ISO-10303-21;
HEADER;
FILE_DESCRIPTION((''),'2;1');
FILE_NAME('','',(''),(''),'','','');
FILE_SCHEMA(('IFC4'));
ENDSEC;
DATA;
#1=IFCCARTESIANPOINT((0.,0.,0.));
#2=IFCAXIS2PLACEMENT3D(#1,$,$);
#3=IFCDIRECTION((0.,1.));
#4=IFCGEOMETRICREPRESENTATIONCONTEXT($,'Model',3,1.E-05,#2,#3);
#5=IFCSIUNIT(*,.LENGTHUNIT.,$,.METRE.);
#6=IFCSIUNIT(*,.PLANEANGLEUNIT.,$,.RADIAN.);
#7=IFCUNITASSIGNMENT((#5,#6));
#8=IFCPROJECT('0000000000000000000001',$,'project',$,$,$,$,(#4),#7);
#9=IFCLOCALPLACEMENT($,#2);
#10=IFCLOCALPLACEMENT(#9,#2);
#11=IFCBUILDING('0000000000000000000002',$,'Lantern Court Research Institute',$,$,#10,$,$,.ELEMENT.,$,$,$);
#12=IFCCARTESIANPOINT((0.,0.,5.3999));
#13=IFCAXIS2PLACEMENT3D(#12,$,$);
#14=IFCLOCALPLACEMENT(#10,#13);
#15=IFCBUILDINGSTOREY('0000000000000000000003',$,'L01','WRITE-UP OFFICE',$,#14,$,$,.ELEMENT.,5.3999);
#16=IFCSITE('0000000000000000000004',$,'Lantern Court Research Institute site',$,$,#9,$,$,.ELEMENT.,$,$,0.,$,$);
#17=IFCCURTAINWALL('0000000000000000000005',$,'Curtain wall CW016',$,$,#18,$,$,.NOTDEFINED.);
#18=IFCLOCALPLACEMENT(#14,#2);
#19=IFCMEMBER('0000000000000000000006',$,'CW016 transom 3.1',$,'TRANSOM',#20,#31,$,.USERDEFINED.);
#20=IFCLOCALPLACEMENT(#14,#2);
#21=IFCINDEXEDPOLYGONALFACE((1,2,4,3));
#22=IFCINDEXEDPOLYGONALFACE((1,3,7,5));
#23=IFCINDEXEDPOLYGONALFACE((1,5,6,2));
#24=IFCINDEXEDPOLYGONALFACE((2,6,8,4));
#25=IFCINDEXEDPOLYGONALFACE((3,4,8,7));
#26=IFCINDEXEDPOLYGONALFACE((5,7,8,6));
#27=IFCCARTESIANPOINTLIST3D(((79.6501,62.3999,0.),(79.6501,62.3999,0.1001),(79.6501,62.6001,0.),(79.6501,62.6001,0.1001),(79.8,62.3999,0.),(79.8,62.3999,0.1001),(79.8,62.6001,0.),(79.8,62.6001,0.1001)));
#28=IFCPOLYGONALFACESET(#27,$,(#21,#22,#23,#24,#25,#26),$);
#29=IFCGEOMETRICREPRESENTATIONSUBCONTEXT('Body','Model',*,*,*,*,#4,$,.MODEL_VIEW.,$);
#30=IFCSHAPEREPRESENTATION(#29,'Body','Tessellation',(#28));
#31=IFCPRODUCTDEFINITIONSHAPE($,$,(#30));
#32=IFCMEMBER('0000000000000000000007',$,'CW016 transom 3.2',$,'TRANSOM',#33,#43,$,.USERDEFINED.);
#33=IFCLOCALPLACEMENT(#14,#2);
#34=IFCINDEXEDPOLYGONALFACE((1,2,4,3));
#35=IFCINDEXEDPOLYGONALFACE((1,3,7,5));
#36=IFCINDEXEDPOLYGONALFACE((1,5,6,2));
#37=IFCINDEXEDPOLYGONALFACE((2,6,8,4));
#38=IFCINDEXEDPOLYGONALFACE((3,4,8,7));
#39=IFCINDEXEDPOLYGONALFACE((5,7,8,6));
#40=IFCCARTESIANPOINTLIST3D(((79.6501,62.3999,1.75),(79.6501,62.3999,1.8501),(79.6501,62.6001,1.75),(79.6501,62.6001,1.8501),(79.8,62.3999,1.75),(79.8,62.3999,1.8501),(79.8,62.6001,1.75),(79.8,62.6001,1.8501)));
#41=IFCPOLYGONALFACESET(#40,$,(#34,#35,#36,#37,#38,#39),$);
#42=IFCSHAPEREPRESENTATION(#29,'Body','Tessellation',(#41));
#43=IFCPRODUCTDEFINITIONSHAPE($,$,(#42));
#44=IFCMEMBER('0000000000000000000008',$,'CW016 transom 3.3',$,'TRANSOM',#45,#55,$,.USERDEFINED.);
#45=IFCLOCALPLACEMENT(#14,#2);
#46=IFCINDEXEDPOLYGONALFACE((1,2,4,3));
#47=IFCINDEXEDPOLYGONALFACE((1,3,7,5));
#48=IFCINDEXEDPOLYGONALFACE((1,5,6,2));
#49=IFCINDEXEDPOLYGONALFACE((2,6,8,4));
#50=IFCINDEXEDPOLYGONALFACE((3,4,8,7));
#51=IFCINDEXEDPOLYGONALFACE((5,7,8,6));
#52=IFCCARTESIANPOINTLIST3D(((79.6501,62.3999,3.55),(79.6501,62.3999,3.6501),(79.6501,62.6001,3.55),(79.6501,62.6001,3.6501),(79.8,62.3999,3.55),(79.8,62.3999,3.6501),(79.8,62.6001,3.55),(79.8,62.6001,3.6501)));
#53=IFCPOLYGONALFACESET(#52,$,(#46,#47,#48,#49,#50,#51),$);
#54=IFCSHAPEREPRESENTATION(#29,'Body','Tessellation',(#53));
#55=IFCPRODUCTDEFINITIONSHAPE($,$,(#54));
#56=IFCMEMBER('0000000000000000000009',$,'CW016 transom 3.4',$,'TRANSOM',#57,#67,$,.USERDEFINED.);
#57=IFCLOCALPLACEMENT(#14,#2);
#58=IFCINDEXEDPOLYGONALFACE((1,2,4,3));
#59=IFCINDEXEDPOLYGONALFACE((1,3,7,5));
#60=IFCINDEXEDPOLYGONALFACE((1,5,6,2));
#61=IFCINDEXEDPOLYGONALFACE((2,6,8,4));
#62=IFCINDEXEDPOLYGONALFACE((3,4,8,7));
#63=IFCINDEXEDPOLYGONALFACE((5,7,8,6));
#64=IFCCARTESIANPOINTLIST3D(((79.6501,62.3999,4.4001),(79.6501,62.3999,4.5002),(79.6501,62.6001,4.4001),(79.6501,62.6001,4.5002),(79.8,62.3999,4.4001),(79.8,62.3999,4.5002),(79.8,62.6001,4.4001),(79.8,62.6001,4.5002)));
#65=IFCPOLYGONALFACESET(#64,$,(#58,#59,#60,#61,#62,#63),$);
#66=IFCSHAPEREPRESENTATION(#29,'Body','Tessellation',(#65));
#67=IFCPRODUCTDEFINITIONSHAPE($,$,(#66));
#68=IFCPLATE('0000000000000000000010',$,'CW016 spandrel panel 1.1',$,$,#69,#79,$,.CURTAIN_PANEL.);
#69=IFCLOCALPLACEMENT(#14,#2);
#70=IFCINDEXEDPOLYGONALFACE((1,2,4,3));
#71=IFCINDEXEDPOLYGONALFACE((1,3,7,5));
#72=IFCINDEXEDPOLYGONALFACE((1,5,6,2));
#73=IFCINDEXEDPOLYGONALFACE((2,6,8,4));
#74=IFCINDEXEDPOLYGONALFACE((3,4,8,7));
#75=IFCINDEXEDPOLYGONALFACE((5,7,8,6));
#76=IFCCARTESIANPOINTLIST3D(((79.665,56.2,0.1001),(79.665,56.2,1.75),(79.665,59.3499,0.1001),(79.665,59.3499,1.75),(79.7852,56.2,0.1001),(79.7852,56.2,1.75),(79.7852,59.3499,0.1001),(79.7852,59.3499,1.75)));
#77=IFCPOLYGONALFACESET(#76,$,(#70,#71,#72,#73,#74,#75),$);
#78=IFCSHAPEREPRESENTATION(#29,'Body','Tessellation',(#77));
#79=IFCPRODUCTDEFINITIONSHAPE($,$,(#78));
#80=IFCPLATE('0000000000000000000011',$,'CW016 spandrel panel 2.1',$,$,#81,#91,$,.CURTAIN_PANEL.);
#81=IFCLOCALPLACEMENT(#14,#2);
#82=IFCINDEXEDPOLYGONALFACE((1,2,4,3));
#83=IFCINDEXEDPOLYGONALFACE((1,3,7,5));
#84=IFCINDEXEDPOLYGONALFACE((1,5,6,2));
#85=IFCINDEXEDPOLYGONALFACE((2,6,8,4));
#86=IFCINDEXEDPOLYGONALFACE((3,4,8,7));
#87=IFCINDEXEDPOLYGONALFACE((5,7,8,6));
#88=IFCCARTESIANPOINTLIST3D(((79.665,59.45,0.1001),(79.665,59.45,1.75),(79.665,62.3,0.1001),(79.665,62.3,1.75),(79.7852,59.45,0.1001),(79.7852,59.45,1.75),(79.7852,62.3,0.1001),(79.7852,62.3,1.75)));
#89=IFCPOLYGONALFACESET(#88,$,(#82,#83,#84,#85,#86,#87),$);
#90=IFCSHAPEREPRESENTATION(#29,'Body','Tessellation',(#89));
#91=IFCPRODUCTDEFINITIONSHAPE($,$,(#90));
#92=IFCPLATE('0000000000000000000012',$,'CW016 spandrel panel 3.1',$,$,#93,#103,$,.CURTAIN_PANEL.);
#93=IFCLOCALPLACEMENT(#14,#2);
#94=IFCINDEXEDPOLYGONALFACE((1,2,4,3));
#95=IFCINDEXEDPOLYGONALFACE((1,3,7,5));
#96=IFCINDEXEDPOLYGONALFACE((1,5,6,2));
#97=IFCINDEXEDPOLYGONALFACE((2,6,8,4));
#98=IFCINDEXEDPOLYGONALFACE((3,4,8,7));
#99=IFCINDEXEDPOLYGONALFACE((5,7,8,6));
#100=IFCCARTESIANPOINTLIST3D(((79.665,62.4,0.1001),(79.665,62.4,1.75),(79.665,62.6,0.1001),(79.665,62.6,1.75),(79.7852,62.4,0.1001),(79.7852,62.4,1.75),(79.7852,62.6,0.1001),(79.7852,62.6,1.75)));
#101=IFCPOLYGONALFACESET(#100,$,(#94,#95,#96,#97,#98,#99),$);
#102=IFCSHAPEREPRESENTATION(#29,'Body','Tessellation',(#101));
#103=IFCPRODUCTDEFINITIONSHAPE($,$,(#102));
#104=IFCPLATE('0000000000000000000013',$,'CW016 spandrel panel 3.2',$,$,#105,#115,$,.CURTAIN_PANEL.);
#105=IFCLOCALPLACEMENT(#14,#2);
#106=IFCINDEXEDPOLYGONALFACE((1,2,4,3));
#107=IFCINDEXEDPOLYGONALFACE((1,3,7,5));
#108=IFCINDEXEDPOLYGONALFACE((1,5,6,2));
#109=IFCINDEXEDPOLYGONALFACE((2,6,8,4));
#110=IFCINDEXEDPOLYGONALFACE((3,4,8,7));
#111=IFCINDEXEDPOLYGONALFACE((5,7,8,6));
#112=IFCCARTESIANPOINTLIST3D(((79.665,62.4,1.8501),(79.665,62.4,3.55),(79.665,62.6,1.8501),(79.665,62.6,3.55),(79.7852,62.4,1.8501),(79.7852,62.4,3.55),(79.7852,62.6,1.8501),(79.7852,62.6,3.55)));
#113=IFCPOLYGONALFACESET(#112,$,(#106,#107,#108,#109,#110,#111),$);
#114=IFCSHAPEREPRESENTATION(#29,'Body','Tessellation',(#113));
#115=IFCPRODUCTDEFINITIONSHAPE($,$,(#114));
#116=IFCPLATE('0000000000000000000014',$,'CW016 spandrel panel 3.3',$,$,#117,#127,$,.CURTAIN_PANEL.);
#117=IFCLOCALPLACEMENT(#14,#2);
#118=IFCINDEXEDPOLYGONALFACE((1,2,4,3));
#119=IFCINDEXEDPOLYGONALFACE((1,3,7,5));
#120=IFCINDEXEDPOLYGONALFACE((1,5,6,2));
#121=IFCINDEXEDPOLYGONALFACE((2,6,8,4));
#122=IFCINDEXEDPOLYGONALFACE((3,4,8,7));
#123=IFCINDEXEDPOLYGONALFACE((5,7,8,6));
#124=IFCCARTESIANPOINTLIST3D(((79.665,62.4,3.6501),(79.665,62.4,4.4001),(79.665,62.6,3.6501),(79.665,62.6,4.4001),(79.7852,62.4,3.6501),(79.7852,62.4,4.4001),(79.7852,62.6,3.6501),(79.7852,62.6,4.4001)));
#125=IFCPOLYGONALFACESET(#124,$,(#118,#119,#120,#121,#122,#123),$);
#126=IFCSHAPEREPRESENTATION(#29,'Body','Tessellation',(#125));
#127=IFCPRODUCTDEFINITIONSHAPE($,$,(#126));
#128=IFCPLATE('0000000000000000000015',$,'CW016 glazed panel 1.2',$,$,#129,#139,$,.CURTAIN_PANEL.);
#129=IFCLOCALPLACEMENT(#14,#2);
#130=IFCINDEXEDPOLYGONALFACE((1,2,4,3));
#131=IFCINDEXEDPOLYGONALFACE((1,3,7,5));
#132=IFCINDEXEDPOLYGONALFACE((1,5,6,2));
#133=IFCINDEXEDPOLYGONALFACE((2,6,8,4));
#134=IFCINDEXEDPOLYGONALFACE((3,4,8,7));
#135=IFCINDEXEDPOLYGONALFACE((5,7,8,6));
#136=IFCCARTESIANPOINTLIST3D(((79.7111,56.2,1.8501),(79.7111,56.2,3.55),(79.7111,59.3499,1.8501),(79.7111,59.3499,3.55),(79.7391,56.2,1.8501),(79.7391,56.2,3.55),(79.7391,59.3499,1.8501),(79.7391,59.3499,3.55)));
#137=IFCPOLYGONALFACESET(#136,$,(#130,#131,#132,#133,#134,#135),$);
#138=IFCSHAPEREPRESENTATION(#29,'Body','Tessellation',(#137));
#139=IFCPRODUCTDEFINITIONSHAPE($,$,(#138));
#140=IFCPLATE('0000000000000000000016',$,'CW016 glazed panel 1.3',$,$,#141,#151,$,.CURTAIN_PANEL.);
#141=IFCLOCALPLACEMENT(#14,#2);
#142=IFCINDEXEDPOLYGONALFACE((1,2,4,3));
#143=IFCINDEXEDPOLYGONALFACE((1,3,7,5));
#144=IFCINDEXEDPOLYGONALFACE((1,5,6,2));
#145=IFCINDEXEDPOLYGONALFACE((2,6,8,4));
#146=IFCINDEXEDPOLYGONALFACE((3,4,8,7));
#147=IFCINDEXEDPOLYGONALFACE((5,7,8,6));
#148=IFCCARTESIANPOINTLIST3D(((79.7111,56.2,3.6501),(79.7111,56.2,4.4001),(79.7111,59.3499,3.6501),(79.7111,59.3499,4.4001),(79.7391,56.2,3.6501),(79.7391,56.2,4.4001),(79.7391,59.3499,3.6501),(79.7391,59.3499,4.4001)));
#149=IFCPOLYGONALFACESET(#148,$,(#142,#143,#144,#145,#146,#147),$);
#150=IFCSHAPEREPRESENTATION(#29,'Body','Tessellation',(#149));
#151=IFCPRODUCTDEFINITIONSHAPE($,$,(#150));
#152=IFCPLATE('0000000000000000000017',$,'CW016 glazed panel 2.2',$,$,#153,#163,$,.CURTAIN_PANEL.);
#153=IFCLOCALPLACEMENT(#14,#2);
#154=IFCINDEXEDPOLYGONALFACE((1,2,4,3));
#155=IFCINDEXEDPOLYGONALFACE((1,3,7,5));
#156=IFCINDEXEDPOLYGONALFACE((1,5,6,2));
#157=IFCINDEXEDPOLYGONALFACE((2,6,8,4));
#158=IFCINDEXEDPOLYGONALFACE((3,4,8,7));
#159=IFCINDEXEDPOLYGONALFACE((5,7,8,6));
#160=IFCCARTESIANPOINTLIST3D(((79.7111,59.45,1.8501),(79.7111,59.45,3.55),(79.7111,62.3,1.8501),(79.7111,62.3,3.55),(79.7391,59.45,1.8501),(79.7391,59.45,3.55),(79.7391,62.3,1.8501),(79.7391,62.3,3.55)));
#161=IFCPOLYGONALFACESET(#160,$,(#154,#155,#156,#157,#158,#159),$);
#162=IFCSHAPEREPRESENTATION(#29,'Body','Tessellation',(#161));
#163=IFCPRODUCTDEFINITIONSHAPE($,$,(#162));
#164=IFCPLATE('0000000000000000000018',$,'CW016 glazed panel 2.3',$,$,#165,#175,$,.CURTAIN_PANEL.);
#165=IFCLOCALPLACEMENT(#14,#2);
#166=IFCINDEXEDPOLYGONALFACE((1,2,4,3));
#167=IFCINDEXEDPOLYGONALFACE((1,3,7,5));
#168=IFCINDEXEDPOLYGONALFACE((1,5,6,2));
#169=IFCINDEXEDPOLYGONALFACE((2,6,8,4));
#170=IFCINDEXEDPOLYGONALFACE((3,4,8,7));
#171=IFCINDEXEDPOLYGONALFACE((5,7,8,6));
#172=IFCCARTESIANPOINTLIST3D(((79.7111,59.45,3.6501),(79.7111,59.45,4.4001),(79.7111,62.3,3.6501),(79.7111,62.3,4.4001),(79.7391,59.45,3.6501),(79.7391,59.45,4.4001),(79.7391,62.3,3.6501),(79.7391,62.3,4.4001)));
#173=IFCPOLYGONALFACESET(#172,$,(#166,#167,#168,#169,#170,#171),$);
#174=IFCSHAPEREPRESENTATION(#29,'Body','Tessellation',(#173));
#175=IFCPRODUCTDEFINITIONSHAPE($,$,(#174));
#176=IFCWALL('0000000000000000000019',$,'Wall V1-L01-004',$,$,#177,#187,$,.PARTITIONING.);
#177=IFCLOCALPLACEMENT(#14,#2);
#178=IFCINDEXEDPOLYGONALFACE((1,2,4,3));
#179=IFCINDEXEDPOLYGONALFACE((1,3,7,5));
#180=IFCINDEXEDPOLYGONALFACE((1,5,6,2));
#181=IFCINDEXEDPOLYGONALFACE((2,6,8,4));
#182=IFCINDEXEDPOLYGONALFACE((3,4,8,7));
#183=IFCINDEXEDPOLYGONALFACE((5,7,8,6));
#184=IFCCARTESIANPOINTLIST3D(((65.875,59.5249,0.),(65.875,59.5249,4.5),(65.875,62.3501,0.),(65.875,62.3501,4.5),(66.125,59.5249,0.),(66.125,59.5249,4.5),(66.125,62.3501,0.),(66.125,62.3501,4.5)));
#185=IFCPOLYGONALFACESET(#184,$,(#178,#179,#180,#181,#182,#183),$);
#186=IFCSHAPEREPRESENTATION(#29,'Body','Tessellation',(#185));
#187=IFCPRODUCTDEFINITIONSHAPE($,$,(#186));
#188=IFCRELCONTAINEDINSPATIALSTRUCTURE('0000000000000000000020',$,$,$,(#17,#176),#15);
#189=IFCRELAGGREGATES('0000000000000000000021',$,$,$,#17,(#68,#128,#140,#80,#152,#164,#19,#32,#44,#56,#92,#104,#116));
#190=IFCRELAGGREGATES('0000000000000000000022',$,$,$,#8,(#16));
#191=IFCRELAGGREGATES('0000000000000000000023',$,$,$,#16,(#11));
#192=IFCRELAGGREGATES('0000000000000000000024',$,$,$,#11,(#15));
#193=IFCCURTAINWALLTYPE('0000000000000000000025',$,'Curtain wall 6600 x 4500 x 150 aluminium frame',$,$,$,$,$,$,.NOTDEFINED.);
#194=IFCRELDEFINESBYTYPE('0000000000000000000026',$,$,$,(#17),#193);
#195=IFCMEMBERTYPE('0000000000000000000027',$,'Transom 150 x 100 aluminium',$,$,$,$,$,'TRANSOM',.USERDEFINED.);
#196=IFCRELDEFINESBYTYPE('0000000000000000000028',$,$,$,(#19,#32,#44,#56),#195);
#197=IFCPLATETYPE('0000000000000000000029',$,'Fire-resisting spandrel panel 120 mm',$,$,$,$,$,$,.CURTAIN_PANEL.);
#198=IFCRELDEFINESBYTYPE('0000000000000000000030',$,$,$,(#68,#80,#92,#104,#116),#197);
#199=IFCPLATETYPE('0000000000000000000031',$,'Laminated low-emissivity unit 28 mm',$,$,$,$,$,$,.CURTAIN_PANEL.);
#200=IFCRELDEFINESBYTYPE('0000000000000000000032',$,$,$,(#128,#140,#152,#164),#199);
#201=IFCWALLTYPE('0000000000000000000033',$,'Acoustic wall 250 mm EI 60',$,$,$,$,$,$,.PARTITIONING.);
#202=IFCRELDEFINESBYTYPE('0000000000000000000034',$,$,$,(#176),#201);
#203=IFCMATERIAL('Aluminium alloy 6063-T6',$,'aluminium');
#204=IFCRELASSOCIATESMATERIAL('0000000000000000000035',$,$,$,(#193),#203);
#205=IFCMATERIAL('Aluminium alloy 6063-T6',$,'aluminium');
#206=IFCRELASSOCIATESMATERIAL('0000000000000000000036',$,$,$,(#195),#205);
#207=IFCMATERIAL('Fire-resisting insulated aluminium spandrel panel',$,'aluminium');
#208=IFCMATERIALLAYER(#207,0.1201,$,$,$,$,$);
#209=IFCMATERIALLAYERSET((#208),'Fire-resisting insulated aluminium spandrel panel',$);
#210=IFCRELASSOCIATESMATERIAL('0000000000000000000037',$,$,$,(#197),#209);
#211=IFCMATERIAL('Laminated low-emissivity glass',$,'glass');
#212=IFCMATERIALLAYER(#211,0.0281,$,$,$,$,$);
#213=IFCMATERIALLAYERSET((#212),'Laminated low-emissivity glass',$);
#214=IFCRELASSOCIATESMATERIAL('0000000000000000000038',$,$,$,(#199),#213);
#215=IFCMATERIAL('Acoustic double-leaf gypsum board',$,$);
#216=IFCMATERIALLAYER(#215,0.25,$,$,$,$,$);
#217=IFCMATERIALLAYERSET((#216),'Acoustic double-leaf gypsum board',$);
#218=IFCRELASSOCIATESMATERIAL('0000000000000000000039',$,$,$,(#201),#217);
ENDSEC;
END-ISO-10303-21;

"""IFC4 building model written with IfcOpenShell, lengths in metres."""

from ifc_helpers import new_model, si_unit, direction, frame, frame_2d, origin, origin_2d, place, context, subcontext, project, spatial, rectangle, extrude, material, layer, layer_set, material_profile, profile_set, type_object, element, aggregate, save


model = new_model("IFC4")

# Units and contexts
model_context = context("Model", 3, precision=1e-05, world=origin(), true_north=direction((0.0, 1.0)))
body_context = subcontext(model_context, "Body", "Model", "MODEL_VIEW")
ifc_project = project(units=[si_unit("LENGTHUNIT", "METRE"), si_unit("PLANEANGLEUNIT", "RADIAN")], contexts=[model_context])

# Site, building, storey
site_placement = place(None, origin())
site = spatial("IfcSite", under=ifc_project, at=site_placement, Name="Lantern Court Research Institute site", CompositionType="ELEMENT", RefElevation=0.0)
building_placement = place(site_placement, origin())
building = spatial("IfcBuilding", under=site, at=building_placement, Name="Lantern Court Research Institute", CompositionType="ELEMENT")
storey_placement = place(building_placement, frame((0.0, 0.0, 5.3999)))
storey = spatial("IfcBuildingStorey", under=building, at=storey_placement, Name="L01", Description="WRITE-UP OFFICE", CompositionType="ELEMENT", Elevation=5.3999)

# Curtain wall, members, plates
ifc_material_1 = material(Name="Aluminium alloy 6063-T6", Category="aluminium")
curtain_wall_type = type_object("IfcCurtainWallType", Name="Curtain wall 6600 x 4500 x 150 aluminium frame", PredefinedType="NOTDEFINED", material=ifc_material_1)
curtain_wall_placement = place(storey_placement, origin())
curtain_wall = element("IfcCurtainWall", 1, at=curtain_wall_placement, inside=storey, type_object=curtain_wall_type, Name="Curtain wall CW016", PredefinedType="NOTDEFINED")
ifc_material_2 = material(Name="Aluminium alloy 6063-T6", Category="aluminium")
ifc_material_profile_1 = material_profile(ifc_material_2, rectangle(XDim=0.1499, YDim=0.1001, at=origin_2d()), Name="Transom 150 x 100")
ifc_profile_set_1 = profile_set([ifc_material_profile_1], Name="Aluminium alloy 6063-T6")
member_type_1 = type_object("IfcMemberType", Name="Transom 150 x 100 aluminium", ElementType="TRANSOM", PredefinedType="USERDEFINED", material=ifc_profile_set_1)
member_1_placement = place(storey_placement, frame((79.7251, 62.6001, 0.05), z_axis=(0.0, -1.0, 0.0), x_axis=(1.0, 0.0, 0.0)))
member_1 = element("IfcMember", 2, at=member_1_placement, type_object=member_type_1, Name="CW016 transom 3.1", ObjectType="TRANSOM", PredefinedType="USERDEFINED", context=body_context, shape_type="SweptSolid", body=[
    extrude(rectangle(XDim=0.1499, YDim=0.1001, at=origin_2d()), origin(), (0.0, 0.0, 1.0), 0.2002),
])
member_2_placement = place(storey_placement, frame((79.7251, 62.6001, 1.8), z_axis=(0.0, -1.0, 0.0), x_axis=(1.0, 0.0, 0.0)))
member_2 = element("IfcMember", 3, at=member_2_placement, type_object=member_type_1, Name="CW016 transom 3.2", ObjectType="TRANSOM", PredefinedType="USERDEFINED", context=body_context, shape_type="SweptSolid", body=[
    extrude(rectangle(XDim=0.1499, YDim=0.1001, at=origin_2d()), origin(), (0.0, 0.0, 1.0), 0.2002),
])
member_3_placement = place(storey_placement, frame((79.7251, 62.6001, 3.6001), z_axis=(0.0, -1.0, 0.0), x_axis=(1.0, 0.0, 0.0)))
member_3 = element("IfcMember", 4, at=member_3_placement, type_object=member_type_1, Name="CW016 transom 3.3", ObjectType="TRANSOM", PredefinedType="USERDEFINED", context=body_context, shape_type="SweptSolid", body=[
    extrude(rectangle(XDim=0.1499, YDim=0.1001, at=origin_2d()), origin(), (0.0, 0.0, 1.0), 0.2002),
])
member_4_placement = place(storey_placement, frame((79.7251, 62.6001, 4.4502), z_axis=(0.0, -1.0, 0.0), x_axis=(1.0, 0.0, 0.0)))
member_4 = element("IfcMember", 5, at=member_4_placement, type_object=member_type_1, Name="CW016 transom 3.4", ObjectType="TRANSOM", PredefinedType="USERDEFINED", context=body_context, shape_type="SweptSolid", body=[
    extrude(rectangle(XDim=0.1499, YDim=0.1001, at=origin_2d()), origin(), (0.0, 0.0, 1.0), 0.2002),
])
ifc_material_3 = material(Name="Fire-resisting insulated aluminium spandrel panel", Category="aluminium")
ifc_layer_1 = layer(ifc_material_3, 0.1201)
ifc_layer_set_1 = layer_set([ifc_layer_1], Name="Fire-resisting insulated aluminium spandrel panel")
plate_type_1 = type_object("IfcPlateType", Name="Fire-resisting spandrel panel 120 mm", PredefinedType="CURTAIN_PANEL", material=ifc_layer_set_1)
plate_1_placement = place(storey_placement, frame((79.7251, 57.7749, 0.1001), z_axis=(0.0, 0.0, 1.0), x_axis=(0.0, -1.0, 0.0)))
plate_1 = element("IfcPlate", 6, at=plate_1_placement, type_object=plate_type_1, Name="CW016 spandrel panel 1.1", PredefinedType="CURTAIN_PANEL", context=body_context, shape_type="SweptSolid", body=[
    extrude(rectangle(XDim=3.1499, YDim=0.1201, at=origin_2d()), origin(), (0.0, 0.0, 1.0), 1.6499),
])
plate_2_placement = place(storey_placement, frame((79.7251, 60.875, 0.1001), z_axis=(0.0, 0.0, 1.0), x_axis=(0.0, -1.0, 0.0)))
plate_2 = element("IfcPlate", 7, at=plate_2_placement, type_object=plate_type_1, Name="CW016 spandrel panel 2.1", PredefinedType="CURTAIN_PANEL", context=body_context, shape_type="SweptSolid", body=[
    extrude(rectangle(XDim=2.8501, YDim=0.1201, at=origin_2d()), origin(), (0.0, 0.0, 1.0), 1.6499),
])
plate_3_placement = place(storey_placement, frame((79.7251, 62.5, 0.1001), z_axis=(0.0, 0.0, 1.0), x_axis=(0.0, -1.0, 0.0)))
plate_3 = element("IfcPlate", 8, at=plate_3_placement, type_object=plate_type_1, Name="CW016 spandrel panel 3.1", PredefinedType="CURTAIN_PANEL", context=body_context, shape_type="SweptSolid", body=[
    extrude(rectangle(XDim=0.2, YDim=0.1201, at=origin_2d()), origin(), (0.0, 0.0, 1.0), 1.6499),
])
plate_4_placement = place(storey_placement, frame((79.7251, 62.5, 1.8501), z_axis=(0.0, 0.0, 1.0), x_axis=(0.0, -1.0, 0.0)))
plate_4 = element("IfcPlate", 9, at=plate_4_placement, type_object=plate_type_1, Name="CW016 spandrel panel 3.2", PredefinedType="CURTAIN_PANEL", context=body_context, shape_type="SweptSolid", body=[
    extrude(rectangle(XDim=0.2, YDim=0.1201, at=origin_2d()), origin(), (0.0, 0.0, 1.0), 1.7),
])
plate_5_placement = place(storey_placement, frame((79.7251, 62.5, 3.6501), z_axis=(0.0, 0.0, 1.0), x_axis=(0.0, -1.0, 0.0)))
plate_5 = element("IfcPlate", 10, at=plate_5_placement, type_object=plate_type_1, Name="CW016 spandrel panel 3.3", PredefinedType="CURTAIN_PANEL", context=body_context, shape_type="SweptSolid", body=[
    extrude(rectangle(XDim=0.2, YDim=0.1201, at=origin_2d()), origin(), (0.0, 0.0, 1.0), 0.75),
])
ifc_material_4 = material(Name="Laminated low-emissivity glass", Category="glass")
ifc_layer_2 = layer(ifc_material_4, 0.0281)
ifc_layer_set_2 = layer_set([ifc_layer_2], Name="Laminated low-emissivity glass")
plate_type_2 = type_object("IfcPlateType", Name="Laminated low-emissivity unit 28 mm", PredefinedType="CURTAIN_PANEL", material=ifc_layer_set_2)
plate_6_placement = place(storey_placement, frame((79.7251, 57.7749, 1.8501), z_axis=(0.0, 0.0, 1.0), x_axis=(0.0, -1.0, 0.0)))
plate_6 = element("IfcPlate", 11, at=plate_6_placement, type_object=plate_type_2, Name="CW016 glazed panel 1.2", PredefinedType="CURTAIN_PANEL", context=body_context, shape_type="SweptSolid", body=[
    extrude(rectangle(XDim=3.1499, YDim=0.0281, at=origin_2d()), origin(), (0.0, 0.0, 1.0), 1.7),
])
plate_7_placement = place(storey_placement, frame((79.7251, 57.7749, 3.6501), z_axis=(0.0, 0.0, 1.0), x_axis=(0.0, -1.0, 0.0)))
plate_7 = element("IfcPlate", 12, at=plate_7_placement, type_object=plate_type_2, Name="CW016 glazed panel 1.3", PredefinedType="CURTAIN_PANEL", context=body_context, shape_type="SweptSolid", body=[
    extrude(rectangle(XDim=3.1499, YDim=0.0281, at=origin_2d()), origin(), (0.0, 0.0, 1.0), 0.75),
])
plate_8_placement = place(storey_placement, frame((79.7251, 60.875, 1.8501), z_axis=(0.0, 0.0, 1.0), x_axis=(0.0, -1.0, 0.0)))
plate_8 = element("IfcPlate", 13, at=plate_8_placement, type_object=plate_type_2, Name="CW016 glazed panel 2.2", PredefinedType="CURTAIN_PANEL", context=body_context, shape_type="SweptSolid", body=[
    extrude(rectangle(XDim=2.8501, YDim=0.0281, at=origin_2d()), origin(), (0.0, 0.0, 1.0), 1.7),
])
plate_9_placement = place(storey_placement, frame((79.7251, 60.875, 3.6501), z_axis=(0.0, 0.0, 1.0), x_axis=(0.0, -1.0, 0.0)))
plate_9 = element("IfcPlate", 14, at=plate_9_placement, type_object=plate_type_2, Name="CW016 glazed panel 2.3", PredefinedType="CURTAIN_PANEL", context=body_context, shape_type="SweptSolid", body=[
    extrude(rectangle(XDim=2.8501, YDim=0.0281, at=origin_2d()), origin(), (0.0, 0.0, 1.0), 0.75),
])
aggregate(curtain_wall, [plate_1, plate_6, plate_7, plate_2, plate_8, plate_9, member_1, member_2, member_3, member_4, plate_3, plate_4, plate_5])

# Wall
ifc_material_5 = material(Name="Acoustic double-leaf gypsum board")
ifc_layer_3 = layer(ifc_material_5, 0.25)
ifc_layer_set_3 = layer_set([ifc_layer_3], Name="Acoustic double-leaf gypsum board")
wall_type_1 = type_object("IfcWallType", Name="Acoustic wall 250 mm EI 60", PredefinedType="PARTITIONING", material=ifc_layer_set_3)
for number, where, z_axis, x_axis, name in (
    (15, (66.0, 59.5249, 0.0), (0.0, 0.0, 1.0), (0.0, 1.0, 0.0), "Wall V1-L01-004"),
):
    element("IfcWall", number, at=place(storey_placement, frame(where, z_axis=z_axis, x_axis=x_axis)), inside=storey, type_object=wall_type_1, Name=name, PredefinedType="PARTITIONING", context=body_context, shape_type="SweptSolid", body=[
        extrude(rectangle(XDim=2.8252, YDim=0.25, at=frame_2d((1.4126, 0.0))), origin(), (0.0, 0.0, 1.0), 4.5),
    ])

save(model, "model.ifc")
